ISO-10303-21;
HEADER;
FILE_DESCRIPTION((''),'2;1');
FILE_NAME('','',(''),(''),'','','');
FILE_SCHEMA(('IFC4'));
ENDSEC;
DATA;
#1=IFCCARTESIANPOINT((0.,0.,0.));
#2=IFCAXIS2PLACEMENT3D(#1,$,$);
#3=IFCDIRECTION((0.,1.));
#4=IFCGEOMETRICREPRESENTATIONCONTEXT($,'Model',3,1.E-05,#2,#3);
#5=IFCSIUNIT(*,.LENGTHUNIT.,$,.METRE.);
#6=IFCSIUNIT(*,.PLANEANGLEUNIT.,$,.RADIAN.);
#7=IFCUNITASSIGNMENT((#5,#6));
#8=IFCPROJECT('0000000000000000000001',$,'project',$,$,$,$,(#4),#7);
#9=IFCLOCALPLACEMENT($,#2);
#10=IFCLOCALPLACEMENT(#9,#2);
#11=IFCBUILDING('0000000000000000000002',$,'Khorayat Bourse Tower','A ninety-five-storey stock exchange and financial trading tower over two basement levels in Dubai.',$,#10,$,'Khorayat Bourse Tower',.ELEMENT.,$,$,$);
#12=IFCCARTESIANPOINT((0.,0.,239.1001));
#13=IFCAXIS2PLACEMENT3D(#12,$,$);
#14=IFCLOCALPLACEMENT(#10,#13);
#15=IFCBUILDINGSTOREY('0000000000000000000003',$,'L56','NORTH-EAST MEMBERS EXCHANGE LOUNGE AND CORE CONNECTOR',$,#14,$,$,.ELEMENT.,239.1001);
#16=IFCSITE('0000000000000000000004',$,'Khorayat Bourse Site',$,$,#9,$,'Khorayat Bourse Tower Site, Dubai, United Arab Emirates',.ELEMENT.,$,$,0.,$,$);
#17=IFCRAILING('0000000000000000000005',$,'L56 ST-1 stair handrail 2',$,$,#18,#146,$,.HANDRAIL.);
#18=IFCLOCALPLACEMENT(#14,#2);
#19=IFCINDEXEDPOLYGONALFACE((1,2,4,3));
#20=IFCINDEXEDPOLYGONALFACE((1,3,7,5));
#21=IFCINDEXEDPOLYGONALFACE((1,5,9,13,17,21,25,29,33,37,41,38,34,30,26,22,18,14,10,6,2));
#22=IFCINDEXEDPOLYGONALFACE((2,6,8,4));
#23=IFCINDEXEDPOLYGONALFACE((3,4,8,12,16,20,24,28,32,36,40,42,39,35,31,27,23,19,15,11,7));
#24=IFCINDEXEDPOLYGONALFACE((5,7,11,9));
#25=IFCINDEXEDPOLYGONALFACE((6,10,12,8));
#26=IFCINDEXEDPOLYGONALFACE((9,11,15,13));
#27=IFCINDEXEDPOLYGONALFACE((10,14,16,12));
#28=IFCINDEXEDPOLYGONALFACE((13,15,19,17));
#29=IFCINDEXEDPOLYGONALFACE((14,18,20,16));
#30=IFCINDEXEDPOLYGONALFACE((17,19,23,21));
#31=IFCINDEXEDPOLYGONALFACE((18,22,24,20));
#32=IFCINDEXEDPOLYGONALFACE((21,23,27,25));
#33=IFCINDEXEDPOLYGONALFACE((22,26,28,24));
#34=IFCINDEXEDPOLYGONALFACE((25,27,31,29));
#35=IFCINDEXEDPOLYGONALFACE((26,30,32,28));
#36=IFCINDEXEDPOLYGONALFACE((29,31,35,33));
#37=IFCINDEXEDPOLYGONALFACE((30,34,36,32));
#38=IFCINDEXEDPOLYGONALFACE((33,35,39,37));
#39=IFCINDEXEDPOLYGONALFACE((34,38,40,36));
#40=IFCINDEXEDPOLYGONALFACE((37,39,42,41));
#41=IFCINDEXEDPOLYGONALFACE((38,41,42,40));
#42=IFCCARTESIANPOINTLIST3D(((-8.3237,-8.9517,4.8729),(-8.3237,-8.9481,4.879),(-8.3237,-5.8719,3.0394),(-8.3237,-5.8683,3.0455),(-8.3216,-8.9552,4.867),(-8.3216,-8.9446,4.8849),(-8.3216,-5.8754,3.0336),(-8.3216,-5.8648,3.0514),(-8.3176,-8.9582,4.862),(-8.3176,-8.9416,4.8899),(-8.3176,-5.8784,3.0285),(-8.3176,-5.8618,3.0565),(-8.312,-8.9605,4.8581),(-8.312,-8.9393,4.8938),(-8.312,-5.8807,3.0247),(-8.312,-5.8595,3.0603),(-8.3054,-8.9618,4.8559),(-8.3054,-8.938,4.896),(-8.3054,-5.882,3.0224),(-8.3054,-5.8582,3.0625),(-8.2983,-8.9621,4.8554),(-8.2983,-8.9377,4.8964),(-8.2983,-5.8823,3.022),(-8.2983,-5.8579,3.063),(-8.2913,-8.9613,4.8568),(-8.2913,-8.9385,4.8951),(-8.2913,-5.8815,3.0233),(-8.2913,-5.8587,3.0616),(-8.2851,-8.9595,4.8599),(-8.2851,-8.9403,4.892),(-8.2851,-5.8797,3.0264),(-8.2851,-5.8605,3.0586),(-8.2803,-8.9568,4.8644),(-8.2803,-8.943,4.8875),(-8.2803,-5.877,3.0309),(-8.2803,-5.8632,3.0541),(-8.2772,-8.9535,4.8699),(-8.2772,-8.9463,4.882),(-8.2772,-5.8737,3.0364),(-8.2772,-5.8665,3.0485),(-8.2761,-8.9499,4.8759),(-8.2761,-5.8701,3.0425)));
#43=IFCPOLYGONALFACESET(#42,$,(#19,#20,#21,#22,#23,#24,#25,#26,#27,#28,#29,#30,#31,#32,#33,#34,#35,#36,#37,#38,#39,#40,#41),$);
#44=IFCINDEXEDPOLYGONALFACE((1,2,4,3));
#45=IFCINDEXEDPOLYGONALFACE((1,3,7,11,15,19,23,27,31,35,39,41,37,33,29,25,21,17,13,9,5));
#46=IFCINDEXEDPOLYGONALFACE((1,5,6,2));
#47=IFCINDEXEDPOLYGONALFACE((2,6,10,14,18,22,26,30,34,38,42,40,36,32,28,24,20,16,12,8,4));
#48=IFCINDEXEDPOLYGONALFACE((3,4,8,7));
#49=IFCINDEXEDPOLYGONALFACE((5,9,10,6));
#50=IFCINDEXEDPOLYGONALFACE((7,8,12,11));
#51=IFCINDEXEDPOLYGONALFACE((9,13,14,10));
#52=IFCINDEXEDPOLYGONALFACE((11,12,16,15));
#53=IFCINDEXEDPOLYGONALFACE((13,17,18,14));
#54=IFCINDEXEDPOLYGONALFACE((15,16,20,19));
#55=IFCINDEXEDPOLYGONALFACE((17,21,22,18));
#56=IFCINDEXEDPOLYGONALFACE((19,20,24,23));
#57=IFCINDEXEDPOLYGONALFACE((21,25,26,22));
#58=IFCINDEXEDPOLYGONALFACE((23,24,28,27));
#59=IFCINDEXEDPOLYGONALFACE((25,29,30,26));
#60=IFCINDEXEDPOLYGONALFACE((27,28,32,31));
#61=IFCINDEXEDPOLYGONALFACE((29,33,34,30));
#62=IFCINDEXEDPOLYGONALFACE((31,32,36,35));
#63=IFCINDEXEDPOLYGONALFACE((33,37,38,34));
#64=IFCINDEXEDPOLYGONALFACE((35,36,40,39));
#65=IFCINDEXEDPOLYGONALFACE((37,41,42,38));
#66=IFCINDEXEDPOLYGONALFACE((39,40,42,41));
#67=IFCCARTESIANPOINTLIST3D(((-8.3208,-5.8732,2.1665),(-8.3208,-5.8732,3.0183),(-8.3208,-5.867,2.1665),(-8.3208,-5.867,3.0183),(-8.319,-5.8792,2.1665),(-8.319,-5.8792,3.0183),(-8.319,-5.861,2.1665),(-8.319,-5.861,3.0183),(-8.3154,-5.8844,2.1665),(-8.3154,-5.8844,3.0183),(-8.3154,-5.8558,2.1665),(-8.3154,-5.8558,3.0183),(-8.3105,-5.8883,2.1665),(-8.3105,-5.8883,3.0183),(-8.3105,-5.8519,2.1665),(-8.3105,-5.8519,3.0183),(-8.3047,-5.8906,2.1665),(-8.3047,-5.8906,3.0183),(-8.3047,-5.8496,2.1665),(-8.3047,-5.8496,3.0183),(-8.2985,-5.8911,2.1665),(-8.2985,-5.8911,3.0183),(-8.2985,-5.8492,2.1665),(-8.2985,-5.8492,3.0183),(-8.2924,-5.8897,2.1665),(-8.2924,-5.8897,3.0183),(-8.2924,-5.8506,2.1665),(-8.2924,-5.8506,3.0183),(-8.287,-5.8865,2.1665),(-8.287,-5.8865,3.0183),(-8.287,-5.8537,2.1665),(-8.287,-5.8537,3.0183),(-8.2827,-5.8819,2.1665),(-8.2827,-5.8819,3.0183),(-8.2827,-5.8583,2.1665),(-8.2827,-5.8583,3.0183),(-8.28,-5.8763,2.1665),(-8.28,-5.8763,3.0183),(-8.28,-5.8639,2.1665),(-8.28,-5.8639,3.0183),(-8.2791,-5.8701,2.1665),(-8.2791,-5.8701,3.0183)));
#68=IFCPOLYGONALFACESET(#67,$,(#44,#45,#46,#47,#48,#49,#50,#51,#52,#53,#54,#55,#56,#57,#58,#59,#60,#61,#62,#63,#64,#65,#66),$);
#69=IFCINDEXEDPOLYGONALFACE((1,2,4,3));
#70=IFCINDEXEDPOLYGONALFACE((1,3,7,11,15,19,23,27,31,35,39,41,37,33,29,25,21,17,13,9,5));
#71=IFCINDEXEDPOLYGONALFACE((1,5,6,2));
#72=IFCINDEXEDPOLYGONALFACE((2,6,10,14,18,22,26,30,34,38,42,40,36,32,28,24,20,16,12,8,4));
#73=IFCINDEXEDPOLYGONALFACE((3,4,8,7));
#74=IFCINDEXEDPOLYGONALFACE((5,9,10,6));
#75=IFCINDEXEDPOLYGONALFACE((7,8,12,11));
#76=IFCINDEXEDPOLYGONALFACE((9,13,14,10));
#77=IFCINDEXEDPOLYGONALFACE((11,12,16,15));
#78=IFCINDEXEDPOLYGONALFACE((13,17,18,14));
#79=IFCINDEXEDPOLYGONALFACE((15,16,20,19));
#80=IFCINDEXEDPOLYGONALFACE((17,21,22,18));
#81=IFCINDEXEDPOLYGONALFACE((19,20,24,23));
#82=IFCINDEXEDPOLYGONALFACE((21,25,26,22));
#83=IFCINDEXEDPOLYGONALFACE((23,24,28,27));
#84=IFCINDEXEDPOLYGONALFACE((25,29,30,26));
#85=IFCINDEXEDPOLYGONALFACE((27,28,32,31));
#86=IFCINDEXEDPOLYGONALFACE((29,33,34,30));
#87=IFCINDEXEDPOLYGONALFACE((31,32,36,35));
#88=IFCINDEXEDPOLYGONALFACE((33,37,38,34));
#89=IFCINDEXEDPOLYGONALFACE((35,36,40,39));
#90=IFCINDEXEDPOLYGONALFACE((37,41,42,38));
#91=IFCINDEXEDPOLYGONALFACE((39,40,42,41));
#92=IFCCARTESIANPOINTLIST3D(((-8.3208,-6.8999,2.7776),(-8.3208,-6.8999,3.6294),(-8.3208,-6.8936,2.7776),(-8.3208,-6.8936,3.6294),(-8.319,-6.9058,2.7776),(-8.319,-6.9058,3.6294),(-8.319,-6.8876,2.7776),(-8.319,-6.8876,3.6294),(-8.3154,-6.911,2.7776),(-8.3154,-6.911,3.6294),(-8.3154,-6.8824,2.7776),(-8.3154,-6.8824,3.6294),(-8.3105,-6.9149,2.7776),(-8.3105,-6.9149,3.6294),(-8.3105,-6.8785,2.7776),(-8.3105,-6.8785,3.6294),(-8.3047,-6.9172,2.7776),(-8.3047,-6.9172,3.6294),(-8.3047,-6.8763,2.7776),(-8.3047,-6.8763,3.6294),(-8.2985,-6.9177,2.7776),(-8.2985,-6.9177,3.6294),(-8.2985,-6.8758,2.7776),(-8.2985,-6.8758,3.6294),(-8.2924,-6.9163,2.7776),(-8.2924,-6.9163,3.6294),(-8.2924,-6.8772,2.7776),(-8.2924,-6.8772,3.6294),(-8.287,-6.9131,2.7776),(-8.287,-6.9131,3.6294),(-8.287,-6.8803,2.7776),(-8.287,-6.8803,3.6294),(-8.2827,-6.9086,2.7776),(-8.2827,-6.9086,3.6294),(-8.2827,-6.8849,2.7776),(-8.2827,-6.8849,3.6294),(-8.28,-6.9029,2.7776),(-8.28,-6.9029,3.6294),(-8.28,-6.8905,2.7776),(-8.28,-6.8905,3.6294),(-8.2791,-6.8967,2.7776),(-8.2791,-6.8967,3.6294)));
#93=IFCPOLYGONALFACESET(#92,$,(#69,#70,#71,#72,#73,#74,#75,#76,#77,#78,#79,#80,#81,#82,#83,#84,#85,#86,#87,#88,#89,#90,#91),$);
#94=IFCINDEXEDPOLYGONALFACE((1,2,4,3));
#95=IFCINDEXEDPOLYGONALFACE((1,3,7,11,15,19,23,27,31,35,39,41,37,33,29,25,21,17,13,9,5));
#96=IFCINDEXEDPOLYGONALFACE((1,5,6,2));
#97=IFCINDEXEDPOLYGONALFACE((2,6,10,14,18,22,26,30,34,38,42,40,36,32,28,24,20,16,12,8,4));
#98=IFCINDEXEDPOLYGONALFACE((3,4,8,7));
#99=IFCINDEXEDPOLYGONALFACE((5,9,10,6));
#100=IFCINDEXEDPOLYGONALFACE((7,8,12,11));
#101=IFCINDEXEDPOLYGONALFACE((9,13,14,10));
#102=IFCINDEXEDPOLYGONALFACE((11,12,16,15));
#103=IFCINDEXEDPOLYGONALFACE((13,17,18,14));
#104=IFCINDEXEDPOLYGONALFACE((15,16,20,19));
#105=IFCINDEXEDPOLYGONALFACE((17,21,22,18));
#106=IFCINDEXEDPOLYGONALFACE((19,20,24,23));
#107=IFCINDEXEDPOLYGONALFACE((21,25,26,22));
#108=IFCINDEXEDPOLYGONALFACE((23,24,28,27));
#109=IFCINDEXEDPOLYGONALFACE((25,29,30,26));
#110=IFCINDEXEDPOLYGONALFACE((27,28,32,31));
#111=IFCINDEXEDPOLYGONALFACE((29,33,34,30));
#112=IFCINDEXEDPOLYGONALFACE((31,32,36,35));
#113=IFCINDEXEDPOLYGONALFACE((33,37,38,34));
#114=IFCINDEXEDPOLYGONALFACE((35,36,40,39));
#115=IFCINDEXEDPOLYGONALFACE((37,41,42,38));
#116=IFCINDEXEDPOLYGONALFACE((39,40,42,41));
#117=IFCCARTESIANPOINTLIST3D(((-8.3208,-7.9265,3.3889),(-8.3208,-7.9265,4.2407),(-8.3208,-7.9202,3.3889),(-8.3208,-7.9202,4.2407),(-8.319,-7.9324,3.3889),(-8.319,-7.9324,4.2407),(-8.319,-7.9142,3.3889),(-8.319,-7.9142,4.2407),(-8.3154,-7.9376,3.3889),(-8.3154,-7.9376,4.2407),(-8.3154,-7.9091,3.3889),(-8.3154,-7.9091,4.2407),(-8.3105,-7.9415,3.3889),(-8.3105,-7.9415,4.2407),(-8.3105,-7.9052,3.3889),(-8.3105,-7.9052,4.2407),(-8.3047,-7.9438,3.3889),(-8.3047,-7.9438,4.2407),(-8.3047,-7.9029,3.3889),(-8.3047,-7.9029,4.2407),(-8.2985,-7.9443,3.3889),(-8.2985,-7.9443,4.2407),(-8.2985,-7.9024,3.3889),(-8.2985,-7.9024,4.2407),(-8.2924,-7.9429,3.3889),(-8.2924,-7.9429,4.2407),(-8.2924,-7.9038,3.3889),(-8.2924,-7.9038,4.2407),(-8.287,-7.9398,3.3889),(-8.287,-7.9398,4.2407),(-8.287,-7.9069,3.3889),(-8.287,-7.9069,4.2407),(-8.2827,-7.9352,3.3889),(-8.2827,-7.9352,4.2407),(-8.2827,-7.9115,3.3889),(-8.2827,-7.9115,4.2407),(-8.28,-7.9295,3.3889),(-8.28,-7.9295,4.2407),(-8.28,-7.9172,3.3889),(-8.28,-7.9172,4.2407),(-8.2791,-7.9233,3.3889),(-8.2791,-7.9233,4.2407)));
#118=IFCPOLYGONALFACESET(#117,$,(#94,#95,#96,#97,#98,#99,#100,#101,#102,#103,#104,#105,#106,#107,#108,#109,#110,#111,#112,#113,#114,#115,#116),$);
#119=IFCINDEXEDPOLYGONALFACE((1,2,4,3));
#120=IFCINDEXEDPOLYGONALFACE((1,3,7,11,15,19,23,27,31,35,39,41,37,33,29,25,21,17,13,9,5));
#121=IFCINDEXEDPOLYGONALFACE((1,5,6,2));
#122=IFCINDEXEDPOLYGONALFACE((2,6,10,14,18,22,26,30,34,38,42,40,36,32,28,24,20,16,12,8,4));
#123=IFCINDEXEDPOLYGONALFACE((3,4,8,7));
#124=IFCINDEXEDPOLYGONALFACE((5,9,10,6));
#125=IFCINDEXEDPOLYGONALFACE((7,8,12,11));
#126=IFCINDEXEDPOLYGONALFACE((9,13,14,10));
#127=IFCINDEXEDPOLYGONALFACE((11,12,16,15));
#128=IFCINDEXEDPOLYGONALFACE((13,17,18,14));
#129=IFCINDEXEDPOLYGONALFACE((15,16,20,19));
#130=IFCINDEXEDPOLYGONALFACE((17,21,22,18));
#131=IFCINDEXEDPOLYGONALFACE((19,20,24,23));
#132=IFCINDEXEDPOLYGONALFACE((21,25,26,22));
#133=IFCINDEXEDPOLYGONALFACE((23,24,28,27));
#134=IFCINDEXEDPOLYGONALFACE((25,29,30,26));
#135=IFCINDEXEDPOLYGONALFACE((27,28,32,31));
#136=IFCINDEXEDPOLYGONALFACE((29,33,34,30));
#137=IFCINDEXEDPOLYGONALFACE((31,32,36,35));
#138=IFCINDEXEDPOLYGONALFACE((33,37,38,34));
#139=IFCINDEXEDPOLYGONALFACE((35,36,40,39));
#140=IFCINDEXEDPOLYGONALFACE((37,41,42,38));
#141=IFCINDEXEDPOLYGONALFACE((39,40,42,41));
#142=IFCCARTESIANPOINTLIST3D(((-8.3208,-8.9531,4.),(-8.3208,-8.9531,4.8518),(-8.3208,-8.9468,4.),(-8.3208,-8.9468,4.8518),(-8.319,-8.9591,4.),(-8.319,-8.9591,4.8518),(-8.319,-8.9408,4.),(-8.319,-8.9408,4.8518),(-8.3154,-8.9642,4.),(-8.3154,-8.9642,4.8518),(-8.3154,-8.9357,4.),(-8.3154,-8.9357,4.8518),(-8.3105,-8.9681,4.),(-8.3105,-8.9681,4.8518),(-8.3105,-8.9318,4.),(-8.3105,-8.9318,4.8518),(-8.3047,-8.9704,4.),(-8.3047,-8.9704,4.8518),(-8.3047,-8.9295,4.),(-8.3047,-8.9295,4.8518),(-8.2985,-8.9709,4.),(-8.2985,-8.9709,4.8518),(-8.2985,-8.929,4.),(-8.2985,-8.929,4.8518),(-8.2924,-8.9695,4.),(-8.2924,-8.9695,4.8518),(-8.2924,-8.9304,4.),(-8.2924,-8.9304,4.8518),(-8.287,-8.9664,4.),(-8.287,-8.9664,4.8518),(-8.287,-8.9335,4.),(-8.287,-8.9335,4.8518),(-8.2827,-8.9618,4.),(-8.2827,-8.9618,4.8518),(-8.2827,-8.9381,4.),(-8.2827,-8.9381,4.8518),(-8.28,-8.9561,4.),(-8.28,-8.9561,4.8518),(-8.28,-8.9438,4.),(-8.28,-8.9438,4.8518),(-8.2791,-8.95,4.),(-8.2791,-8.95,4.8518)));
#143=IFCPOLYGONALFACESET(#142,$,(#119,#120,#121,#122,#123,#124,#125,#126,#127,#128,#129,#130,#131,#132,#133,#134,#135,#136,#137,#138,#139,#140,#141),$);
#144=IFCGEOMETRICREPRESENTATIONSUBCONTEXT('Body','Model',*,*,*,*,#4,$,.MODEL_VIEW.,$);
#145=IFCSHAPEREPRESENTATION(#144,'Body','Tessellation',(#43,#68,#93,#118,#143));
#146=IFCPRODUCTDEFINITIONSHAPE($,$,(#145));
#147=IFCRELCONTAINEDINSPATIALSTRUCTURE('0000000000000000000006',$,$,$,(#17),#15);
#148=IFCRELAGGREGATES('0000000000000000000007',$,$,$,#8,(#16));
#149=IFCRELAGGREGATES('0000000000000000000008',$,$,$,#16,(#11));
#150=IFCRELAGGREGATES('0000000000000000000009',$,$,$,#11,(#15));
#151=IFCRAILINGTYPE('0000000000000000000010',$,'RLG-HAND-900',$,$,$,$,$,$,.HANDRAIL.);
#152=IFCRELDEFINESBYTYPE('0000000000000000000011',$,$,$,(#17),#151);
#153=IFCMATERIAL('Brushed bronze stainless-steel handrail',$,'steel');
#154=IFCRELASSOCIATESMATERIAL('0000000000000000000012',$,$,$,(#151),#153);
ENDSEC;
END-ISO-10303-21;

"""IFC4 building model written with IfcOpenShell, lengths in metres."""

from ifc_helpers import new_model, si_unit, direction, frame, origin, origin_2d, place, context, subcontext, project, spatial, circle, extrude, source, transform, mapped, material, type_object, element, save


model = new_model("IFC4")

# Units and contexts
model_context = context("Model", 3, precision=1e-05, world=origin(), true_north=direction((0.0, 1.0)))
body_context = subcontext(model_context, "Body", "Model", "MODEL_VIEW")
ifc_project = project(units=[si_unit("LENGTHUNIT", "METRE"), si_unit("PLANEANGLEUNIT", "RADIAN")], contexts=[model_context])

# Site, building, storey
site_placement = place(None, origin())
site = spatial("IfcSite", under=ifc_project, at=site_placement, Name="Khorayat Bourse Site", LongName="Khorayat Bourse Tower Site, Dubai, United Arab Emirates", CompositionType="ELEMENT", RefElevation=0.0)
building_placement = place(site_placement, origin())
building = spatial("IfcBuilding", under=site, at=building_placement, Name="Khorayat Bourse Tower", Description="A ninety-five-storey stock exchange and financial trading tower over two basement levels in Dubai.", LongName="Khorayat Bourse Tower", CompositionType="ELEMENT")
storey_placement = place(building_placement, frame((0.0, 0.0, 239.1001)))
storey = spatial("IfcBuildingStorey", under=building, at=storey_placement, Name="L56", Description="NORTH-EAST MEMBERS EXCHANGE LOUNGE AND CORE CONNECTOR", CompositionType="ELEMENT", Elevation=239.1001)

# Railing
ifc_material_1 = material(Name="Brushed bronze stainless-steel handrail", Category="steel")
railing_type_1 = type_object("IfcRailingType", Name="RLG-HAND-900", PredefinedType="HANDRAIL", material=ifc_material_1)
shared_shape_1 = source(origin(), body_context, "Body", "SweptSolid", [
    extrude(circle(Radius=0.0239, at=origin_2d()), frame((0.0, 0.0, 0.876), z_axis=(0.0, -0.859261, 0.511538), x_axis=(1.0, 0.0, 0.0)), (0.0, 0.0, 1.0), 3.5842),
    extrude(circle(Radius=0.021, at=origin_2d()), origin(), (0.0, 0.0, 1.0), 0.8518),
    extrude(circle(Radius=0.021, at=origin_2d()), frame((0.0, -1.0266, 0.6111)), (0.0, 0.0, 1.0), 0.8518),
    extrude(circle(Radius=0.021, at=origin_2d()), frame((0.0, -2.0532, 1.2224)), (0.0, 0.0, 1.0), 0.8518),
    extrude(circle(Radius=0.021, at=origin_2d()), frame((0.0, -3.0798, 1.8335)), (0.0, 0.0, 1.0), 0.8518),
])
railing_1_placement = place(storey_placement, frame((-8.3, -5.8701, 2.1665)))
element("IfcRailing", 1, at=railing_1_placement, inside=storey, type_object=railing_type_1, Name="L56 ST-1 stair handrail 2", PredefinedType="HANDRAIL", context=body_context, shape_type="MappedRepresentation", body=[
    mapped(shared_shape_1, transform((0.0, 0.0, 0.0), scale=1.0)),
])

save(model, "model.ifc")
